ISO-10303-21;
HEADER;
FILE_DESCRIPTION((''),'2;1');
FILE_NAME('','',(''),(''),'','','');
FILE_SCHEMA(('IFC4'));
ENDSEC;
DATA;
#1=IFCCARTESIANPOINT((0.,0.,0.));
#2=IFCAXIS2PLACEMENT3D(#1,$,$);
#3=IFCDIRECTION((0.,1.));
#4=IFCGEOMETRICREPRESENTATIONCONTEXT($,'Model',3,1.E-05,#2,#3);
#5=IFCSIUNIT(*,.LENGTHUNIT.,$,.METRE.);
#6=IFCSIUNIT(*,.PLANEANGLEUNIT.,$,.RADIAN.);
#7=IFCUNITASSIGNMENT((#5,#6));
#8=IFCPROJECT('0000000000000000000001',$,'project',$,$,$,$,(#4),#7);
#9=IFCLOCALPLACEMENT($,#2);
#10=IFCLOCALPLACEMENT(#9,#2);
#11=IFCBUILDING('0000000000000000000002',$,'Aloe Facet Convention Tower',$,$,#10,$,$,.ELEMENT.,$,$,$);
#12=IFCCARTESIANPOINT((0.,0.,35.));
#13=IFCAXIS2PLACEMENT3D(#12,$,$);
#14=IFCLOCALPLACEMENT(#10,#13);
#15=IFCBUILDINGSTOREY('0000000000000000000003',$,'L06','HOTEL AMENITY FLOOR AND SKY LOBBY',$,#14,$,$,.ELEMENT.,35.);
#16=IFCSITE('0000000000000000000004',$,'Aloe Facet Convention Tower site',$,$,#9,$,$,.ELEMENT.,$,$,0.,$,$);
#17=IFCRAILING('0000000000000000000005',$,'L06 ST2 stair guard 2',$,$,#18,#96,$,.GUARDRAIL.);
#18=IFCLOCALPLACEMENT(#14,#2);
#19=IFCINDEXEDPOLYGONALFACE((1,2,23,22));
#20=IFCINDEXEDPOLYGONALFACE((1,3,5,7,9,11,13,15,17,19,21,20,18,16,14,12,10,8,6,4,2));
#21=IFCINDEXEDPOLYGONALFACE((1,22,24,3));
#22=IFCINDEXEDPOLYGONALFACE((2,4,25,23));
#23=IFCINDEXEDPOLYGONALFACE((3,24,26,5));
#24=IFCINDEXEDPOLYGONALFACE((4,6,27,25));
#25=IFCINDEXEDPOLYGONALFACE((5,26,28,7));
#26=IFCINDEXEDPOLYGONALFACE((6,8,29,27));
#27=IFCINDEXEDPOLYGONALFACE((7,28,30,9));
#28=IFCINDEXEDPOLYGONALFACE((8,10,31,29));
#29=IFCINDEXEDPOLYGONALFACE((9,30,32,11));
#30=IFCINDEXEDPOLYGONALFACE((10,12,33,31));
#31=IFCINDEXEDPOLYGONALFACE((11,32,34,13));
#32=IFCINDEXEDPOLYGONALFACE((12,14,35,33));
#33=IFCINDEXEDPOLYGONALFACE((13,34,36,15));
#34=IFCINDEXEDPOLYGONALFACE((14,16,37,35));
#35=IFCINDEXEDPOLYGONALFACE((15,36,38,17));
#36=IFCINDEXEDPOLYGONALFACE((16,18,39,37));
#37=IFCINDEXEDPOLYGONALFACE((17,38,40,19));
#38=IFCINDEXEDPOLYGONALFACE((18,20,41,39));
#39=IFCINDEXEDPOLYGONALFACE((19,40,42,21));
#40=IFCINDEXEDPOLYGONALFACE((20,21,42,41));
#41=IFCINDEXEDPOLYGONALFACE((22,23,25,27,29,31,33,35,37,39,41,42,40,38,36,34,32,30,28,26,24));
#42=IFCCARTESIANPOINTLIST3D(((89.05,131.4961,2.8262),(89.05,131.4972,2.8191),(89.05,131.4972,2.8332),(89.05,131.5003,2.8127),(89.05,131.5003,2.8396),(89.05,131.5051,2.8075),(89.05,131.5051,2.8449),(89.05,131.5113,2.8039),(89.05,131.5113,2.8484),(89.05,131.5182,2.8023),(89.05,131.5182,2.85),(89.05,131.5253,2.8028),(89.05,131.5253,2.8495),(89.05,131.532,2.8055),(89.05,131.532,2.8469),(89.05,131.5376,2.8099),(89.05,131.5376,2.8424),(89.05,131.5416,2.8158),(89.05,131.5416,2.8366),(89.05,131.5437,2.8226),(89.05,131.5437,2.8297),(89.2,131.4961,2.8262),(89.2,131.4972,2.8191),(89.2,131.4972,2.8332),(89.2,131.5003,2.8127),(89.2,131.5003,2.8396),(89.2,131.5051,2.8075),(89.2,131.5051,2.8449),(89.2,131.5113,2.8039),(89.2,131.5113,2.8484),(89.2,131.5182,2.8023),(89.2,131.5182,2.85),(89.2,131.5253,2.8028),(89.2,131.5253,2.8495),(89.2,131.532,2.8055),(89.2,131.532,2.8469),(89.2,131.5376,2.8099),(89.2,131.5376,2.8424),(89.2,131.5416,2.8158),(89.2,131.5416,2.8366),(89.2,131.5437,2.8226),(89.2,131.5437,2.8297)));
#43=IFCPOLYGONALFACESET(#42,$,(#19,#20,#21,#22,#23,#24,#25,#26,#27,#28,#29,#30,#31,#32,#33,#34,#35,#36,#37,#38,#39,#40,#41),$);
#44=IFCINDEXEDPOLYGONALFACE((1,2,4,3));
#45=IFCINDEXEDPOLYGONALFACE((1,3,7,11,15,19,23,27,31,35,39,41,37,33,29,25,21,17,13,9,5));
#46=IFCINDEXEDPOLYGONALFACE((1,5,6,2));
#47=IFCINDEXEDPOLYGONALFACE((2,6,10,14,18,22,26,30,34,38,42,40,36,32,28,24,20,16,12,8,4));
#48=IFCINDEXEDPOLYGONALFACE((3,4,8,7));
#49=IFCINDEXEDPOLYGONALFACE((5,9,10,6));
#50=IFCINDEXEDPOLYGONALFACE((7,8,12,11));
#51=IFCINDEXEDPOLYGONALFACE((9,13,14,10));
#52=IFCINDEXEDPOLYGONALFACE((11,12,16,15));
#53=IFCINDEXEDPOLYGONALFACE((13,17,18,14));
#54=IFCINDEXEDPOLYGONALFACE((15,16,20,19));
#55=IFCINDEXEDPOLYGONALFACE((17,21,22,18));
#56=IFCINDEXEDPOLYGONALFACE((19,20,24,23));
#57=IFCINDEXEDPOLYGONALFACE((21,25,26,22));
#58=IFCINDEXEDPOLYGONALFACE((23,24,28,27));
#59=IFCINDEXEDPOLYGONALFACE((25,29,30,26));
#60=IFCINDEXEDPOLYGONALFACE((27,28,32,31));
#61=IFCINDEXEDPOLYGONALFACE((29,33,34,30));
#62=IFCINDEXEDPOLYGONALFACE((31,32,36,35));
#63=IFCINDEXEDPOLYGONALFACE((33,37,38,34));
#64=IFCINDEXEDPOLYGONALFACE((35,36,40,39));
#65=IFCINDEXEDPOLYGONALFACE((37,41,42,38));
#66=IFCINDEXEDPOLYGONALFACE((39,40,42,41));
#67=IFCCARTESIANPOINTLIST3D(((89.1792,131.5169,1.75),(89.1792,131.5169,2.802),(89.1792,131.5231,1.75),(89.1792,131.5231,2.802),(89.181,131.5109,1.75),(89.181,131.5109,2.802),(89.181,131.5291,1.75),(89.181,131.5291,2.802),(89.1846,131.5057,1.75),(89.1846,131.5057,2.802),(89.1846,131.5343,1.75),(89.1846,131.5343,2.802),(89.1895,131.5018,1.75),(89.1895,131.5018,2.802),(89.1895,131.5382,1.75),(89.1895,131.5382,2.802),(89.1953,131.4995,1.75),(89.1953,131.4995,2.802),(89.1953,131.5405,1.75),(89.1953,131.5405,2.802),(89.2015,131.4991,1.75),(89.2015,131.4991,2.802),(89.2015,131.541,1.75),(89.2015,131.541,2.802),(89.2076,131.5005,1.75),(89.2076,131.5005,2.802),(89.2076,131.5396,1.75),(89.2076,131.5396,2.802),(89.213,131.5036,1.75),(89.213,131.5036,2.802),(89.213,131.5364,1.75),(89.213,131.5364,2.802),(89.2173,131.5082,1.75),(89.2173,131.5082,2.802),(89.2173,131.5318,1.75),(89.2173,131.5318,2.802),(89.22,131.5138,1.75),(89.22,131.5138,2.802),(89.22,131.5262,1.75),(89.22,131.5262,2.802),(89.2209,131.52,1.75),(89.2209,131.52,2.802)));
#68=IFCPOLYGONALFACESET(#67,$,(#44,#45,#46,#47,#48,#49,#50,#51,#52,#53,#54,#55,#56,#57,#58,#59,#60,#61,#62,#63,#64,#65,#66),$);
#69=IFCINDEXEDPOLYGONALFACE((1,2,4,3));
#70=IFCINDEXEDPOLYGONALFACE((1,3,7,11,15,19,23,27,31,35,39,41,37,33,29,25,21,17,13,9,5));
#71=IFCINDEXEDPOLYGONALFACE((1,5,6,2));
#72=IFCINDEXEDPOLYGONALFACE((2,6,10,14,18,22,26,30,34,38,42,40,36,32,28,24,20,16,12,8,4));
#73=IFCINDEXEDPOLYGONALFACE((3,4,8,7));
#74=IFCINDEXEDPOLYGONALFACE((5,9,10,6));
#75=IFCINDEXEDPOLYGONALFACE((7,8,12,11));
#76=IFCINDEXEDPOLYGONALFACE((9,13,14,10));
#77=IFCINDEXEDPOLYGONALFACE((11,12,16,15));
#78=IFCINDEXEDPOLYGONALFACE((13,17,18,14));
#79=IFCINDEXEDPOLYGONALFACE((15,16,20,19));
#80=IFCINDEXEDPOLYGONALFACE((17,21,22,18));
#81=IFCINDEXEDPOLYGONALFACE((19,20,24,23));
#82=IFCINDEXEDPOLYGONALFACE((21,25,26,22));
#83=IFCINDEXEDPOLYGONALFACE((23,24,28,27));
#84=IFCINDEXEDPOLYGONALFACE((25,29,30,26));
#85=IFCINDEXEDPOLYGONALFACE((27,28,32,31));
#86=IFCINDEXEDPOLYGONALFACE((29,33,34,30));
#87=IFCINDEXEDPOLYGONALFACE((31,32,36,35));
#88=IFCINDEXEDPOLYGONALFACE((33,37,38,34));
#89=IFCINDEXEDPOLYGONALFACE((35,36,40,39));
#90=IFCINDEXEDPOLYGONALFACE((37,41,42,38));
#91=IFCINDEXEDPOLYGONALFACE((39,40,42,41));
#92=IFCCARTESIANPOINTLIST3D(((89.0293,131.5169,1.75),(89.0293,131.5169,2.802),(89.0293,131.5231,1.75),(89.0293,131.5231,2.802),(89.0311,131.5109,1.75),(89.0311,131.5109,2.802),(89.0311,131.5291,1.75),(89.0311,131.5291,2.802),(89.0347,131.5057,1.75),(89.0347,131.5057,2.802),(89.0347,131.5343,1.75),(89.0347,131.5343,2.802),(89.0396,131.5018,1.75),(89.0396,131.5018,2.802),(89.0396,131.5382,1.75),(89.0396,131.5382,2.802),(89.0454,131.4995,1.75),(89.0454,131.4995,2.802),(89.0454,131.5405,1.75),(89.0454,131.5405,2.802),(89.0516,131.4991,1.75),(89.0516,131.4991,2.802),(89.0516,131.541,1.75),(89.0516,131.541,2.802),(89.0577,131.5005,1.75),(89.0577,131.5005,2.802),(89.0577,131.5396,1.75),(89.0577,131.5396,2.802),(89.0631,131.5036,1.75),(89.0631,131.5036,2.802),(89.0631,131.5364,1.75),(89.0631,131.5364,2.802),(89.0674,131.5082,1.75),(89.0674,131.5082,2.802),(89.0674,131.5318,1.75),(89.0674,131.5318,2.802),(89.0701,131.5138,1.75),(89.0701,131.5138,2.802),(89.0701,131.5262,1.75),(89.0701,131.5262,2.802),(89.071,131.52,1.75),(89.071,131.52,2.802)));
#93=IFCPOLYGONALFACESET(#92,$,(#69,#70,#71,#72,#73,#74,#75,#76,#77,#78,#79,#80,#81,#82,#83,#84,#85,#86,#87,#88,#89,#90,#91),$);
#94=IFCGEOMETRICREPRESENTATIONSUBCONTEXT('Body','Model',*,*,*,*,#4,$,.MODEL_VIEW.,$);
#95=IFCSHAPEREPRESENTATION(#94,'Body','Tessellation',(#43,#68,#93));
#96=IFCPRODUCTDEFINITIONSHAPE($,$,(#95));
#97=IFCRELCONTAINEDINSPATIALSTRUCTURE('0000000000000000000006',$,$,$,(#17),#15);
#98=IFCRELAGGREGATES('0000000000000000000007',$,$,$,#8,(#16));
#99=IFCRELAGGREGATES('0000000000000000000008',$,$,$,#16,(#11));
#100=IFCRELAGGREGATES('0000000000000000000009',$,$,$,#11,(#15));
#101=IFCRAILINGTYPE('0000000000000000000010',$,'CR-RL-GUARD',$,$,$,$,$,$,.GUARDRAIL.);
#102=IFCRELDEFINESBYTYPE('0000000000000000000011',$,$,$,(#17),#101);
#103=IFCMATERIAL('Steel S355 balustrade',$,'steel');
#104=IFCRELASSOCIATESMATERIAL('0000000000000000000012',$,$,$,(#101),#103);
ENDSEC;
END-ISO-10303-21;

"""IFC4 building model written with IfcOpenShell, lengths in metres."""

from ifc_helpers import new_model, si_unit, direction, frame, origin, origin_2d, place, context, subcontext, project, spatial, circle, extrude, material, type_object, element, save


model = new_model("IFC4")

# Units and contexts
model_context = context("Model", 3, precision=1e-05, world=origin(), true_north=direction((0.0, 1.0)))
body_context = subcontext(model_context, "Body", "Model", "MODEL_VIEW")
ifc_project = project(units=[si_unit("LENGTHUNIT", "METRE"), si_unit("PLANEANGLEUNIT", "RADIAN")], contexts=[model_context])

# Site, building, storey
site_placement = place(None, origin())
site = spatial("IfcSite", under=ifc_project, at=site_placement, Name="Aloe Facet Convention Tower site", CompositionType="ELEMENT", RefElevation=0.0)
building_placement = place(site_placement, origin())
building = spatial("IfcBuilding", under=site, at=building_placement, Name="Aloe Facet Convention Tower", CompositionType="ELEMENT")
storey_placement = place(building_placement, frame((0.0, 0.0, 35.0)))
storey = spatial("IfcBuildingStorey", under=building, at=storey_placement, Name="L06", Description="HOTEL AMENITY FLOOR AND SKY LOBBY", CompositionType="ELEMENT", Elevation=35.0)

# Railing
ifc_material_1 = material(Name="Steel S355 balustrade", Category="steel")
railing_type_1 = type_object("IfcRailingType", Name="CR-RL-GUARD", PredefinedType="GUARDRAIL", material=ifc_material_1)
railing_1_placement = place(storey_placement, frame((89.2, 131.52, 1.75)))
element("IfcRailing", 1, at=railing_1_placement, inside=storey, type_object=railing_type_1, Name="L06 ST2 stair guard 2", PredefinedType="GUARDRAIL", context=body_context, shape_type="SweptSolid", body=[
    extrude(circle(Radius=0.0239, at=origin_2d()), frame((0.0, 0.0, 1.0762), z_axis=(-1.0, 0.0, 0.0), x_axis=(0.0, -1.0, 0.0)), (0.0, 0.0, 1.0), 0.1499),
    extrude(circle(Radius=0.021, at=origin_2d()), origin(), (0.0, 0.0, 1.0), 1.052),
    extrude(circle(Radius=0.021, at=origin_2d()), frame((-0.1499, 0.0, 0.0)), (0.0, 0.0, 1.0), 1.052),
])

save(model, "model.ifc")
